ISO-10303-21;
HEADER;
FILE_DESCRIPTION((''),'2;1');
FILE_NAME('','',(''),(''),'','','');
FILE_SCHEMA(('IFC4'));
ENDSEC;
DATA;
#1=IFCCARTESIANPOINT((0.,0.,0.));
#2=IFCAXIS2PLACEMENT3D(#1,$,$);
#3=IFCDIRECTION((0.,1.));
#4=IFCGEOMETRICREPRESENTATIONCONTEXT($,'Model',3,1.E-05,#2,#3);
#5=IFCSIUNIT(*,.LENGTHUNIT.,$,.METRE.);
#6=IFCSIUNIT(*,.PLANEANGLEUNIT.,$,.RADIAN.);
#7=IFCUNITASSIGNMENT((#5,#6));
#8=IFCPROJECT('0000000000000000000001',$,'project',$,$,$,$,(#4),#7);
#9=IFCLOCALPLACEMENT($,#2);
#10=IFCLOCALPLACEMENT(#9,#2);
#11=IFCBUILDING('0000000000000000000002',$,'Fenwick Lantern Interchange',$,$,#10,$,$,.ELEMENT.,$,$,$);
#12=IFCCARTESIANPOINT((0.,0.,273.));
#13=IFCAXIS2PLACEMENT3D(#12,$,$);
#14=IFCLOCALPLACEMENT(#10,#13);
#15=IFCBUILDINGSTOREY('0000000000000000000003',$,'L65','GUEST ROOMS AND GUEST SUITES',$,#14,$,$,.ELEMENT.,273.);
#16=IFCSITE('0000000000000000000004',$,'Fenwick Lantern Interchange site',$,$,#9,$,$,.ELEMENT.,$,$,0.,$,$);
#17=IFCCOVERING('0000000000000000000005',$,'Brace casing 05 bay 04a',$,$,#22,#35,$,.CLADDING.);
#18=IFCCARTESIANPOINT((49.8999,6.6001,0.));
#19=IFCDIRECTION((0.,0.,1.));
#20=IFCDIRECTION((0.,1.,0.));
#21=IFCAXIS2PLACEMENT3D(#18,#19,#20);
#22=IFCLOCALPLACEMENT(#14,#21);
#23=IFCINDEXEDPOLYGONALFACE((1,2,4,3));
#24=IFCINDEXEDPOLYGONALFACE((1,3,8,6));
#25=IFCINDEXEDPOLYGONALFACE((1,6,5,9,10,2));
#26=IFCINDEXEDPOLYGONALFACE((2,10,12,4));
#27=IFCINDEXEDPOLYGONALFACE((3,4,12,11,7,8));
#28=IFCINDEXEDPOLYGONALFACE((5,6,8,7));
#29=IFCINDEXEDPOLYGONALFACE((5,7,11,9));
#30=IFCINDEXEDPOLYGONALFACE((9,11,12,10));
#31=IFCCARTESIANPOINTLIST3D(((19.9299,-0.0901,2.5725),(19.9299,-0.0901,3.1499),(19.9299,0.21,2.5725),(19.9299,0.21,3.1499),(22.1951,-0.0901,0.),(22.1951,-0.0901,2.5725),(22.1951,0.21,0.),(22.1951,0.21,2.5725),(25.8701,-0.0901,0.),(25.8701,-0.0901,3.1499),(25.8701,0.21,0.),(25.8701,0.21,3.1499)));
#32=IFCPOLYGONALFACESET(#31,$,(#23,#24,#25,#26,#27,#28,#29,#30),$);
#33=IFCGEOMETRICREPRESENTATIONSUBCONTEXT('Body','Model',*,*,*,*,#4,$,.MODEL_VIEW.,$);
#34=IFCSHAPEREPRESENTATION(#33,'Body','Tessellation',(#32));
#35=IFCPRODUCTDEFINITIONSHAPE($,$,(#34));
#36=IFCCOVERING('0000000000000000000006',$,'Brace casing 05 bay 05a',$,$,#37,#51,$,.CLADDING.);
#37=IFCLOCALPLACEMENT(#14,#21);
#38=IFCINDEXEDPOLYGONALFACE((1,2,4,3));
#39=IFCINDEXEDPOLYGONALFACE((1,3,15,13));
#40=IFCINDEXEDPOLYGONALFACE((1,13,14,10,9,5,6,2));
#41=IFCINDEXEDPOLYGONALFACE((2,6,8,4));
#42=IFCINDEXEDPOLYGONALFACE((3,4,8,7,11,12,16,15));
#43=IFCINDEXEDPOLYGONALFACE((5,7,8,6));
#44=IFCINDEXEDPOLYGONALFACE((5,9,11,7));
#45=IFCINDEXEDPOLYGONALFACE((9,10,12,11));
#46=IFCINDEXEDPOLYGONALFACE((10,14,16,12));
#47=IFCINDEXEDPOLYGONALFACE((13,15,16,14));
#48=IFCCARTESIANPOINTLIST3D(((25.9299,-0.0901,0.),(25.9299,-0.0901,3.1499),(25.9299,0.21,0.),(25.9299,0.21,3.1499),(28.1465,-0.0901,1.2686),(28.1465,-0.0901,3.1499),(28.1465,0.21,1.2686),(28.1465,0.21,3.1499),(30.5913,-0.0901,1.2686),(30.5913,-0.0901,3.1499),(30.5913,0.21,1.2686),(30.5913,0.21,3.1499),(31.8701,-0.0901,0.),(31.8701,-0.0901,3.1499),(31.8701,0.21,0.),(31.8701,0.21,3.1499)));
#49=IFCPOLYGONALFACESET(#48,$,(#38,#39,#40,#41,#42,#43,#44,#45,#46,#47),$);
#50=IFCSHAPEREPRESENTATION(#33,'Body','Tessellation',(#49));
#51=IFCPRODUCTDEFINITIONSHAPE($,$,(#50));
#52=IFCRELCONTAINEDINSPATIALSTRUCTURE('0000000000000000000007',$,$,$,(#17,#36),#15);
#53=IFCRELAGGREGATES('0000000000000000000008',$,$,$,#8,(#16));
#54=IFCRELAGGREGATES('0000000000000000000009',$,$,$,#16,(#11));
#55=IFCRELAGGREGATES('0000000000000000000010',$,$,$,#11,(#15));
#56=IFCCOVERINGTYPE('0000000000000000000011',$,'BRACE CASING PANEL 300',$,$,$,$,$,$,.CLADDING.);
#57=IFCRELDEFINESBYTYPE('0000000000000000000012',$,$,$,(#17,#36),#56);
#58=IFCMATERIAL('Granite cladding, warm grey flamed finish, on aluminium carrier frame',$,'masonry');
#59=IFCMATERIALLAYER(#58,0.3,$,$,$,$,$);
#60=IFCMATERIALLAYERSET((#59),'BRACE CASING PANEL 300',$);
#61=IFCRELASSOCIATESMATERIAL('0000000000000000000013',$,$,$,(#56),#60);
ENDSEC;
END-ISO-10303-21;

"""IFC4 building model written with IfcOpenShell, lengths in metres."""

from ifc_helpers import new_model, si_unit, direction, frame, origin, place, context, subcontext, project, spatial, polyline, outline, extrude, material, layer, layer_set, type_object, element, save


model = new_model("IFC4")

# Units and contexts
model_context = context("Model", 3, precision=1e-05, world=origin(), true_north=direction((0.0, 1.0)))
body_context = subcontext(model_context, "Body", "Model", "MODEL_VIEW")
ifc_project = project(units=[si_unit("LENGTHUNIT", "METRE"), si_unit("PLANEANGLEUNIT", "RADIAN")], contexts=[model_context])

# Site, building, storey
site_placement = place(None, origin())
site = spatial("IfcSite", under=ifc_project, at=site_placement, Name="Fenwick Lantern Interchange site", CompositionType="ELEMENT", RefElevation=0.0)
building_placement = place(site_placement, origin())
building = spatial("IfcBuilding", under=site, at=building_placement, Name="Fenwick Lantern Interchange", CompositionType="ELEMENT")
storey_placement = place(building_placement, frame((0.0, 0.0, 273.0)))
storey = spatial("IfcBuildingStorey", under=building, at=storey_placement, Name="L65", Description="GUEST ROOMS AND GUEST SUITES", CompositionType="ELEMENT", Elevation=273.0)

# Coverings
ifc_material_1 = material(Name="Granite cladding, warm grey flamed finish, on aluminium carrier frame", Category="masonry")
ifc_layer_1 = layer(ifc_material_1, 0.3)
ifc_layer_set_1 = layer_set([ifc_layer_1], Name="BRACE CASING PANEL 300")
covering_type = type_object("IfcCoveringType", Name="BRACE CASING PANEL 300", PredefinedType="CLADDING", material=ifc_layer_set_1)
covering_1_placement = place(storey_placement, frame((49.8999, 6.6001, 0.0), z_axis=(0.0, 0.0, 1.0), x_axis=(0.0, 1.0, 0.0)))
element("IfcCovering", 1, at=covering_1_placement, inside=storey, type_object=covering_type, Name="Brace casing 05 bay 04a", PredefinedType="CLADDING", context=body_context, shape_type="SweptSolid", body=[
    extrude(outline(polyline([(22.1951, 0.0), (25.8701, 0.0), (25.8701, 3.1499), (19.9299, 3.1499), (19.9299, 2.5725), (22.1951, 2.5725), (22.1951, 0.0)])), frame((0.0, 0.21, 0.0), z_axis=(0.0, -1.0, 0.0), x_axis=(1.0, 0.0, 0.0)), (0.0, 0.0, 1.0), 0.3),
])
covering_2_placement = place(storey_placement, frame((49.8999, 6.6001, 0.0), z_axis=(0.0, 0.0, 1.0), x_axis=(0.0, 1.0, 0.0)))
element("IfcCovering", 2, at=covering_2_placement, inside=storey, type_object=covering_type, Name="Brace casing 05 bay 05a", PredefinedType="CLADDING", context=body_context, shape_type="SweptSolid", body=[
    extrude(outline(polyline([(25.9299, 0.0), (31.8701, 0.0), (31.8701, 3.1499), (30.5913, 3.1499), (30.5913, 1.2686), (28.1465, 1.2686), (28.1465, 3.1499), (25.9299, 3.1499), (25.9299, 0.0)])), frame((0.0, 0.21, 0.0), z_axis=(0.0, -1.0, 0.0), x_axis=(1.0, 0.0, 0.0)), (0.0, 0.0, 1.0), 0.3),
])

save(model, "model.ifc")
